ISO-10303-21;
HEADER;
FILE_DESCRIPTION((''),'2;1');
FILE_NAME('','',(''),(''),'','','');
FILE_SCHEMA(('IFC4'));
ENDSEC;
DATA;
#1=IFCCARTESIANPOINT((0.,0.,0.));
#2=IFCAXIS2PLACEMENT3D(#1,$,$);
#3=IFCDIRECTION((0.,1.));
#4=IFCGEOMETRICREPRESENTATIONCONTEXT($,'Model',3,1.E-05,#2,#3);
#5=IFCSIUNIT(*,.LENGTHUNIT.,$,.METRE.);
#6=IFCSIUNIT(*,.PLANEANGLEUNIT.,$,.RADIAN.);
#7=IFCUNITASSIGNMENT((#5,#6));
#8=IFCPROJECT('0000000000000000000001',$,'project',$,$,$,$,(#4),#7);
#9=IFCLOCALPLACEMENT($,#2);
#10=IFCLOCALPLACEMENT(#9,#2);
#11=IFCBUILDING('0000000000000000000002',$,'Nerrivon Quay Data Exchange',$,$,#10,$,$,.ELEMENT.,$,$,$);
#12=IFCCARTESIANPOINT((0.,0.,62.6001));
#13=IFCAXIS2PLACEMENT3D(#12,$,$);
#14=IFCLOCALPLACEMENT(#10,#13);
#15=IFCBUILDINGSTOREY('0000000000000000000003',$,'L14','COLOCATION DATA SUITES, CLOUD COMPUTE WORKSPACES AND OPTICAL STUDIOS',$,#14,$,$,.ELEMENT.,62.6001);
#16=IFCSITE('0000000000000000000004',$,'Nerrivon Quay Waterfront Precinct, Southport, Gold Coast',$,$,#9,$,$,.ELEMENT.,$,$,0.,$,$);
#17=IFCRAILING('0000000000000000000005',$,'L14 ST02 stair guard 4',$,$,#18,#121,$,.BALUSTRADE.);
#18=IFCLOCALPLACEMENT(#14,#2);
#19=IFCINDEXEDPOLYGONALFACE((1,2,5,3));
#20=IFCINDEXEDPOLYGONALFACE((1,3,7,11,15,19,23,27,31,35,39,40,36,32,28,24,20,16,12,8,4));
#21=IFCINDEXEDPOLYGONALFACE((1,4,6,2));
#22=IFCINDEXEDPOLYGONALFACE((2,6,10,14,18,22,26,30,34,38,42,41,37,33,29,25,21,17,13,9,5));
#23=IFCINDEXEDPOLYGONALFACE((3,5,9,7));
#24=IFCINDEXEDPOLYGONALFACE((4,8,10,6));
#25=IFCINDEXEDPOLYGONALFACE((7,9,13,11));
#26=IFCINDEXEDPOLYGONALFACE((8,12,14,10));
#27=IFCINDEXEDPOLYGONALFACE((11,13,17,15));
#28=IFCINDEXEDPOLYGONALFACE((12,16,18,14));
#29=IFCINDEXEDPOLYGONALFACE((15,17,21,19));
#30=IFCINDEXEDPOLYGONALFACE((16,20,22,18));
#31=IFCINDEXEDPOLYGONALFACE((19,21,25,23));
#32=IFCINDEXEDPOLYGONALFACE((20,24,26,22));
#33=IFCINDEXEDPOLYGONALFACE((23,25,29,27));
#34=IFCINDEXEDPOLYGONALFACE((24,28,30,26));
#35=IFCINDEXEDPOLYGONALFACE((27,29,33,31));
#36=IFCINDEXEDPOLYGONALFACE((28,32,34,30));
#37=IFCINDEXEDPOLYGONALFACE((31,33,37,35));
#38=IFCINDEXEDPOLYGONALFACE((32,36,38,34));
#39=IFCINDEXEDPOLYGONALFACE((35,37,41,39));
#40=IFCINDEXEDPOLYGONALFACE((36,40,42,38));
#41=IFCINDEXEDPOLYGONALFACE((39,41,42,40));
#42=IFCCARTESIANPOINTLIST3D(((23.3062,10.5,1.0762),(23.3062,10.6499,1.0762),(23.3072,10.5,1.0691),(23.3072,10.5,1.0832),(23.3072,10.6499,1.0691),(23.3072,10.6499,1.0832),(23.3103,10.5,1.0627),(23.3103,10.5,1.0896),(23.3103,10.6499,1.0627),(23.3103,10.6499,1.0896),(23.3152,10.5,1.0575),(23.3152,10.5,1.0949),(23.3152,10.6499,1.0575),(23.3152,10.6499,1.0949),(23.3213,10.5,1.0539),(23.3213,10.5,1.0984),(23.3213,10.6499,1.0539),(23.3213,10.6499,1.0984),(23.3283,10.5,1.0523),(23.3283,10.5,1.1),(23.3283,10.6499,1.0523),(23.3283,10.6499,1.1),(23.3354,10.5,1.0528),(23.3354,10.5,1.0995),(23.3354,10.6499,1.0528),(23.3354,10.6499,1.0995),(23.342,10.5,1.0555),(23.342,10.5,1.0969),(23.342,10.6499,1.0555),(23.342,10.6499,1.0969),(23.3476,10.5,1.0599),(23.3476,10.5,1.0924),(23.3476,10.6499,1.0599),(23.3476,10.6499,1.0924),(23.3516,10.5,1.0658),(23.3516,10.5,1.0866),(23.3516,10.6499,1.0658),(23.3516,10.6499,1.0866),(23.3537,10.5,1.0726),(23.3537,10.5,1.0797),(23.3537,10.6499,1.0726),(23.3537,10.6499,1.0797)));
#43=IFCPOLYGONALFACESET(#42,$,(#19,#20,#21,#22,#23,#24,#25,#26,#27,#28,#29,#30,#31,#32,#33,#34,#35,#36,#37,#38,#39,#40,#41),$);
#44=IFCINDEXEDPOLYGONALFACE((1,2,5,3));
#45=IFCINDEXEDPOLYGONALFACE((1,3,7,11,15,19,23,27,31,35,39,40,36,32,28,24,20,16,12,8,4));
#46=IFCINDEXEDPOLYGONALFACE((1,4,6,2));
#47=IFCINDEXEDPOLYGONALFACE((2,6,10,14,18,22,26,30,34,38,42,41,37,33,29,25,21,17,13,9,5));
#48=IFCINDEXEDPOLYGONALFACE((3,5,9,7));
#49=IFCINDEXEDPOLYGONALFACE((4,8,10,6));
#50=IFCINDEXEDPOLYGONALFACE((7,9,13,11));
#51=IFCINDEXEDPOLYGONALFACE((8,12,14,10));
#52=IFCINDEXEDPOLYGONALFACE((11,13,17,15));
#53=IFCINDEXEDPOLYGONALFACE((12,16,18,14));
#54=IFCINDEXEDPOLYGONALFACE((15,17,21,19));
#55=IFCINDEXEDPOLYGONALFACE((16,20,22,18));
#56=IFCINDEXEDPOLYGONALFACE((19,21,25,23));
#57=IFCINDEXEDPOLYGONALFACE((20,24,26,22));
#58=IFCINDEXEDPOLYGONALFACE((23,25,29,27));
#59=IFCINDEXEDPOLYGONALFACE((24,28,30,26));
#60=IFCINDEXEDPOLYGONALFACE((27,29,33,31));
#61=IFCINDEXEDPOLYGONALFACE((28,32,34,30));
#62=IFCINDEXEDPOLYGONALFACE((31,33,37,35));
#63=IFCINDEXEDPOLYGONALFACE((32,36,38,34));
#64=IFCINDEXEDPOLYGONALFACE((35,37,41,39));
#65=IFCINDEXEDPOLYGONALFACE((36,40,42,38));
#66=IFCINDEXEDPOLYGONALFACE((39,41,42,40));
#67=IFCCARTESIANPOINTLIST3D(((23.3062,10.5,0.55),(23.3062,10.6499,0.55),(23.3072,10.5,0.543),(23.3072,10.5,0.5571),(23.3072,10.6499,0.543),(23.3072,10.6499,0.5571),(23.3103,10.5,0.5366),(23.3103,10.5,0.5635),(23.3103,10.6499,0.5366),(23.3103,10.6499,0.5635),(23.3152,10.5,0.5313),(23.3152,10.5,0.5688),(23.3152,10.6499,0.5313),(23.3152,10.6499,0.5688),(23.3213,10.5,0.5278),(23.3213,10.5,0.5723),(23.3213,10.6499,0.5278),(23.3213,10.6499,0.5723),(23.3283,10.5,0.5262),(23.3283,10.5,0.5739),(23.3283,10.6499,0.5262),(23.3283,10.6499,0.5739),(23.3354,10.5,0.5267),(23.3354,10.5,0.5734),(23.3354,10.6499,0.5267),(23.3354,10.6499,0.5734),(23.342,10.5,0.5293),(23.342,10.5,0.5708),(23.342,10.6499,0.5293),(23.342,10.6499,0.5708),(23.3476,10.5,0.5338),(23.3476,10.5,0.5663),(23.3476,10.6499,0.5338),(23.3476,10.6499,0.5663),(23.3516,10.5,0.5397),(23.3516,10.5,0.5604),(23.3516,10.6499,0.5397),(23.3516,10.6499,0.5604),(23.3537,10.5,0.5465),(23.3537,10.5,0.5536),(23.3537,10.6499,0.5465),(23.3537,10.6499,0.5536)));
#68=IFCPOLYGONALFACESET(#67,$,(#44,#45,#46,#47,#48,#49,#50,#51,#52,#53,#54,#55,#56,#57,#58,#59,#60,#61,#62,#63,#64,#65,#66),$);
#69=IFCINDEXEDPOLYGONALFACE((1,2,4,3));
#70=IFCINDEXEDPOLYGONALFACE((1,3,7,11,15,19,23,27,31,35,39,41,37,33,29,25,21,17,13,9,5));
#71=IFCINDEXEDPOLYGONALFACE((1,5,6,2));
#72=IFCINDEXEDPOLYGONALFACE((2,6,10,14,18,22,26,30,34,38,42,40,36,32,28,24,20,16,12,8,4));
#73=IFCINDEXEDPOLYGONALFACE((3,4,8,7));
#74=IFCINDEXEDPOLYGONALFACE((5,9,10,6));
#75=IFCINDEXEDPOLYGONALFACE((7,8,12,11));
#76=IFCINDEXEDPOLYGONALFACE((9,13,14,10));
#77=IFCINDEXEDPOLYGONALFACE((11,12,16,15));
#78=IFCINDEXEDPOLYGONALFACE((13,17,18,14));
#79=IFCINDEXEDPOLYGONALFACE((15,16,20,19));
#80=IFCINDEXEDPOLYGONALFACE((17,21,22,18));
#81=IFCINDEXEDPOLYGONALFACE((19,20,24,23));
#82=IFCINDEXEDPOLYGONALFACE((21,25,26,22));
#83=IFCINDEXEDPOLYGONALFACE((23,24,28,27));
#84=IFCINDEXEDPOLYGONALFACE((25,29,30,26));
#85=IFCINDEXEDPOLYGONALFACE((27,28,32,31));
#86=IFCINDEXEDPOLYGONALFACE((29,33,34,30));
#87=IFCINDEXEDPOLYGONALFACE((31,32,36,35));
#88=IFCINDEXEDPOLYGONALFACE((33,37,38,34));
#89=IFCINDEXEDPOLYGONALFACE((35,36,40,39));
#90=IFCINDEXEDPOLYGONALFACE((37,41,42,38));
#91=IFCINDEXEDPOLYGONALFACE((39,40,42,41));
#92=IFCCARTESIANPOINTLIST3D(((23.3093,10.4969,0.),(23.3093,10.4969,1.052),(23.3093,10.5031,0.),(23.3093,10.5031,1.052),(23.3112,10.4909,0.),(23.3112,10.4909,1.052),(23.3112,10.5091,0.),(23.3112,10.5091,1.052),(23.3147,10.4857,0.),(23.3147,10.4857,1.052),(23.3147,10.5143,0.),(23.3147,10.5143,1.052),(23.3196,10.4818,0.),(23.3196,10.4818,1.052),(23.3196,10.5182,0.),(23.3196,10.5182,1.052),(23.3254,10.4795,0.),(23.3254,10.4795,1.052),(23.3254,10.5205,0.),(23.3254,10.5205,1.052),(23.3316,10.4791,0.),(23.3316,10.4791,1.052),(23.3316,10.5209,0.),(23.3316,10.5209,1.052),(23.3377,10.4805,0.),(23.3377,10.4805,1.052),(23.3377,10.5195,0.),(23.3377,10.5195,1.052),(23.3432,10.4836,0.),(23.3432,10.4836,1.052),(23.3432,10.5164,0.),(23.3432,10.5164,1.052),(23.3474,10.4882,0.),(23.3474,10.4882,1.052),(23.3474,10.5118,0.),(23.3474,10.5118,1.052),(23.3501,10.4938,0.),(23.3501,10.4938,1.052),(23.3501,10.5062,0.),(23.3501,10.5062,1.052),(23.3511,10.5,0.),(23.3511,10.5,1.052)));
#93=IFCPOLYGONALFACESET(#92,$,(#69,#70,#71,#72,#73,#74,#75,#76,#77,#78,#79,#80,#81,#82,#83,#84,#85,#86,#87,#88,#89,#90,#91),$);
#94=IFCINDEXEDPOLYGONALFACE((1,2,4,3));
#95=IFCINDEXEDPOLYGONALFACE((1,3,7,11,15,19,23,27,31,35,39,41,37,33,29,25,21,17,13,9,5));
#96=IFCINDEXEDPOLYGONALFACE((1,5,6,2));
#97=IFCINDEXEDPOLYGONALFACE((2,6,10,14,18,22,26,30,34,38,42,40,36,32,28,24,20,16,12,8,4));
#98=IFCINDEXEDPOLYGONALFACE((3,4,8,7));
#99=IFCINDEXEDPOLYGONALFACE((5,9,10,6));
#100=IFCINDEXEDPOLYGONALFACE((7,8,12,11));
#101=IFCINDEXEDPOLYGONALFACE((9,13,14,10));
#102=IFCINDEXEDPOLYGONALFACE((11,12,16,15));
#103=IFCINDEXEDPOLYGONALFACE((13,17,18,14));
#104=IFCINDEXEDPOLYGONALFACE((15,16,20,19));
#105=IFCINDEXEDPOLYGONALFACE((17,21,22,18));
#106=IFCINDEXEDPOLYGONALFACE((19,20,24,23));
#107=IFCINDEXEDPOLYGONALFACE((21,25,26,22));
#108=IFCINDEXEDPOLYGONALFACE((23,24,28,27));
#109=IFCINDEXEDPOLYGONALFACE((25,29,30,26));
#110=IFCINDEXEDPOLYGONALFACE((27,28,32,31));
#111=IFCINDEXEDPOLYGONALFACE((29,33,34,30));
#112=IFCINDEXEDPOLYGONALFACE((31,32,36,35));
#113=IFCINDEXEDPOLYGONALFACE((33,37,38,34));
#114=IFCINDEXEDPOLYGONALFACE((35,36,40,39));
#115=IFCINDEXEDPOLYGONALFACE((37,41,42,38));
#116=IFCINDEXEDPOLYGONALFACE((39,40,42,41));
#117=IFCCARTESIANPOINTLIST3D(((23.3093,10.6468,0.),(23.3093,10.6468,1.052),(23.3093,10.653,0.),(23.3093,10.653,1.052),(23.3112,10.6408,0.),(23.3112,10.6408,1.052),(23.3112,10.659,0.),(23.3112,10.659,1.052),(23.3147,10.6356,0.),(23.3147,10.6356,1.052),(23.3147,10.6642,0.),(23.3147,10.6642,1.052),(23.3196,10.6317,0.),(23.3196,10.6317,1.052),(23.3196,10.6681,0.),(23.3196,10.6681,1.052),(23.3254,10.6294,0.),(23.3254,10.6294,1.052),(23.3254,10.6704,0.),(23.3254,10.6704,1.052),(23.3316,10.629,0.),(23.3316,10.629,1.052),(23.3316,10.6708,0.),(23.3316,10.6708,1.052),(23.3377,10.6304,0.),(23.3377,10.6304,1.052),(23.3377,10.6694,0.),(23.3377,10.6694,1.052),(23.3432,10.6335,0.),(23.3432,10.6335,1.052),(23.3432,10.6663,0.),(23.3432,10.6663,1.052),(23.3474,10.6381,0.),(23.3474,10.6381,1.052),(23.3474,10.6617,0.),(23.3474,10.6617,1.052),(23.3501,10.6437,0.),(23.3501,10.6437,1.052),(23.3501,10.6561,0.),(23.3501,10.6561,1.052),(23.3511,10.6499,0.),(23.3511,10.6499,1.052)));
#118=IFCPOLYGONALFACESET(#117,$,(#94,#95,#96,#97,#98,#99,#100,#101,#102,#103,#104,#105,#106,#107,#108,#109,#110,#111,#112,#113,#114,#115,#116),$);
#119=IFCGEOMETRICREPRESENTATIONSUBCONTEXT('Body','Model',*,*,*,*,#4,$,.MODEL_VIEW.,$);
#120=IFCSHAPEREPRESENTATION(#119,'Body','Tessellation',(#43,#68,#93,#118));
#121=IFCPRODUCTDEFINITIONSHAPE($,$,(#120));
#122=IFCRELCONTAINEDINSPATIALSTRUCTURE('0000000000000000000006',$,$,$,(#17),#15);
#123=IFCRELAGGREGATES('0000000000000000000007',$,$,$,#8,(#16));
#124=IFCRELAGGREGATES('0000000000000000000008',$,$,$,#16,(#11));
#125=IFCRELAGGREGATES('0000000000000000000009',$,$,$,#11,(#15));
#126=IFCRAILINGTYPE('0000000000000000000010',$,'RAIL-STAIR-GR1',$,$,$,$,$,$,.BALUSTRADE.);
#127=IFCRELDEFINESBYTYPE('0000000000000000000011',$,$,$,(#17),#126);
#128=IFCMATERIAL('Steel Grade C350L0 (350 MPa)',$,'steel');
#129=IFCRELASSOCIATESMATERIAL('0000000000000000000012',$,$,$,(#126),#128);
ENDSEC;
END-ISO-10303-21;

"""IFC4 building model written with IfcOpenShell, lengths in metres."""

from ifc_helpers import new_model, si_unit, direction, frame, origin, origin_2d, place, context, subcontext, project, spatial, circle, extrude, material, type_object, element, save


model = new_model("IFC4")

# Units and contexts
model_context = context("Model", 3, precision=1e-05, world=origin(), true_north=direction((0.0, 1.0)))
body_context = subcontext(model_context, "Body", "Model", "MODEL_VIEW")
ifc_project = project(units=[si_unit("LENGTHUNIT", "METRE"), si_unit("PLANEANGLEUNIT", "RADIAN")], contexts=[model_context])

# Site, building, storey
site_placement = place(None, origin())
site = spatial("IfcSite", under=ifc_project, at=site_placement, Name="Nerrivon Quay Waterfront Precinct, Southport, Gold Coast", CompositionType="ELEMENT", RefElevation=0.0)
building_placement = place(site_placement, origin())
building = spatial("IfcBuilding", under=site, at=building_placement, Name="Nerrivon Quay Data Exchange", CompositionType="ELEMENT")
storey_placement = place(building_placement, frame((0.0, 0.0, 62.6001)))
storey = spatial("IfcBuildingStorey", under=building, at=storey_placement, Name="L14", Description="COLOCATION DATA SUITES, CLOUD COMPUTE WORKSPACES AND OPTICAL STUDIOS", CompositionType="ELEMENT", Elevation=62.6001)

# Railing
ifc_material_1 = material(Name="Steel Grade C350L0 (350 MPa)", Category="steel")
railing_type_1 = type_object("IfcRailingType", Name="RAIL-STAIR-GR1", PredefinedType="BALUSTRADE", material=ifc_material_1)
railing_1_placement = place(storey_placement, frame((23.3301, 10.5, 0.0)))
element("IfcRailing", 1, at=railing_1_placement, inside=storey, type_object=railing_type_1, Name="L14 ST02 stair guard 4", PredefinedType="BALUSTRADE", context=body_context, shape_type="SweptSolid", body=[
    extrude(circle(Radius=0.0239, at=origin_2d()), frame((0.0, 0.0, 1.0762), z_axis=(0.0, 1.0, 0.0), x_axis=(-1.0, 0.0, 0.0)), (0.0, 0.0, 1.0), 0.1499),
    extrude(circle(Radius=0.0239, at=origin_2d()), frame((0.0, 0.0, 0.55), z_axis=(0.0, 1.0, 0.0), x_axis=(-1.0, 0.0, 0.0)), (0.0, 0.0, 1.0), 0.1499),
    extrude(circle(Radius=0.021, at=origin_2d()), origin(), (0.0, 0.0, 1.0), 1.052),
    extrude(circle(Radius=0.021, at=origin_2d()), frame((0.0, 0.1499, 0.0)), (0.0, 0.0, 1.0), 1.052),
])

save(model, "model.ifc")
